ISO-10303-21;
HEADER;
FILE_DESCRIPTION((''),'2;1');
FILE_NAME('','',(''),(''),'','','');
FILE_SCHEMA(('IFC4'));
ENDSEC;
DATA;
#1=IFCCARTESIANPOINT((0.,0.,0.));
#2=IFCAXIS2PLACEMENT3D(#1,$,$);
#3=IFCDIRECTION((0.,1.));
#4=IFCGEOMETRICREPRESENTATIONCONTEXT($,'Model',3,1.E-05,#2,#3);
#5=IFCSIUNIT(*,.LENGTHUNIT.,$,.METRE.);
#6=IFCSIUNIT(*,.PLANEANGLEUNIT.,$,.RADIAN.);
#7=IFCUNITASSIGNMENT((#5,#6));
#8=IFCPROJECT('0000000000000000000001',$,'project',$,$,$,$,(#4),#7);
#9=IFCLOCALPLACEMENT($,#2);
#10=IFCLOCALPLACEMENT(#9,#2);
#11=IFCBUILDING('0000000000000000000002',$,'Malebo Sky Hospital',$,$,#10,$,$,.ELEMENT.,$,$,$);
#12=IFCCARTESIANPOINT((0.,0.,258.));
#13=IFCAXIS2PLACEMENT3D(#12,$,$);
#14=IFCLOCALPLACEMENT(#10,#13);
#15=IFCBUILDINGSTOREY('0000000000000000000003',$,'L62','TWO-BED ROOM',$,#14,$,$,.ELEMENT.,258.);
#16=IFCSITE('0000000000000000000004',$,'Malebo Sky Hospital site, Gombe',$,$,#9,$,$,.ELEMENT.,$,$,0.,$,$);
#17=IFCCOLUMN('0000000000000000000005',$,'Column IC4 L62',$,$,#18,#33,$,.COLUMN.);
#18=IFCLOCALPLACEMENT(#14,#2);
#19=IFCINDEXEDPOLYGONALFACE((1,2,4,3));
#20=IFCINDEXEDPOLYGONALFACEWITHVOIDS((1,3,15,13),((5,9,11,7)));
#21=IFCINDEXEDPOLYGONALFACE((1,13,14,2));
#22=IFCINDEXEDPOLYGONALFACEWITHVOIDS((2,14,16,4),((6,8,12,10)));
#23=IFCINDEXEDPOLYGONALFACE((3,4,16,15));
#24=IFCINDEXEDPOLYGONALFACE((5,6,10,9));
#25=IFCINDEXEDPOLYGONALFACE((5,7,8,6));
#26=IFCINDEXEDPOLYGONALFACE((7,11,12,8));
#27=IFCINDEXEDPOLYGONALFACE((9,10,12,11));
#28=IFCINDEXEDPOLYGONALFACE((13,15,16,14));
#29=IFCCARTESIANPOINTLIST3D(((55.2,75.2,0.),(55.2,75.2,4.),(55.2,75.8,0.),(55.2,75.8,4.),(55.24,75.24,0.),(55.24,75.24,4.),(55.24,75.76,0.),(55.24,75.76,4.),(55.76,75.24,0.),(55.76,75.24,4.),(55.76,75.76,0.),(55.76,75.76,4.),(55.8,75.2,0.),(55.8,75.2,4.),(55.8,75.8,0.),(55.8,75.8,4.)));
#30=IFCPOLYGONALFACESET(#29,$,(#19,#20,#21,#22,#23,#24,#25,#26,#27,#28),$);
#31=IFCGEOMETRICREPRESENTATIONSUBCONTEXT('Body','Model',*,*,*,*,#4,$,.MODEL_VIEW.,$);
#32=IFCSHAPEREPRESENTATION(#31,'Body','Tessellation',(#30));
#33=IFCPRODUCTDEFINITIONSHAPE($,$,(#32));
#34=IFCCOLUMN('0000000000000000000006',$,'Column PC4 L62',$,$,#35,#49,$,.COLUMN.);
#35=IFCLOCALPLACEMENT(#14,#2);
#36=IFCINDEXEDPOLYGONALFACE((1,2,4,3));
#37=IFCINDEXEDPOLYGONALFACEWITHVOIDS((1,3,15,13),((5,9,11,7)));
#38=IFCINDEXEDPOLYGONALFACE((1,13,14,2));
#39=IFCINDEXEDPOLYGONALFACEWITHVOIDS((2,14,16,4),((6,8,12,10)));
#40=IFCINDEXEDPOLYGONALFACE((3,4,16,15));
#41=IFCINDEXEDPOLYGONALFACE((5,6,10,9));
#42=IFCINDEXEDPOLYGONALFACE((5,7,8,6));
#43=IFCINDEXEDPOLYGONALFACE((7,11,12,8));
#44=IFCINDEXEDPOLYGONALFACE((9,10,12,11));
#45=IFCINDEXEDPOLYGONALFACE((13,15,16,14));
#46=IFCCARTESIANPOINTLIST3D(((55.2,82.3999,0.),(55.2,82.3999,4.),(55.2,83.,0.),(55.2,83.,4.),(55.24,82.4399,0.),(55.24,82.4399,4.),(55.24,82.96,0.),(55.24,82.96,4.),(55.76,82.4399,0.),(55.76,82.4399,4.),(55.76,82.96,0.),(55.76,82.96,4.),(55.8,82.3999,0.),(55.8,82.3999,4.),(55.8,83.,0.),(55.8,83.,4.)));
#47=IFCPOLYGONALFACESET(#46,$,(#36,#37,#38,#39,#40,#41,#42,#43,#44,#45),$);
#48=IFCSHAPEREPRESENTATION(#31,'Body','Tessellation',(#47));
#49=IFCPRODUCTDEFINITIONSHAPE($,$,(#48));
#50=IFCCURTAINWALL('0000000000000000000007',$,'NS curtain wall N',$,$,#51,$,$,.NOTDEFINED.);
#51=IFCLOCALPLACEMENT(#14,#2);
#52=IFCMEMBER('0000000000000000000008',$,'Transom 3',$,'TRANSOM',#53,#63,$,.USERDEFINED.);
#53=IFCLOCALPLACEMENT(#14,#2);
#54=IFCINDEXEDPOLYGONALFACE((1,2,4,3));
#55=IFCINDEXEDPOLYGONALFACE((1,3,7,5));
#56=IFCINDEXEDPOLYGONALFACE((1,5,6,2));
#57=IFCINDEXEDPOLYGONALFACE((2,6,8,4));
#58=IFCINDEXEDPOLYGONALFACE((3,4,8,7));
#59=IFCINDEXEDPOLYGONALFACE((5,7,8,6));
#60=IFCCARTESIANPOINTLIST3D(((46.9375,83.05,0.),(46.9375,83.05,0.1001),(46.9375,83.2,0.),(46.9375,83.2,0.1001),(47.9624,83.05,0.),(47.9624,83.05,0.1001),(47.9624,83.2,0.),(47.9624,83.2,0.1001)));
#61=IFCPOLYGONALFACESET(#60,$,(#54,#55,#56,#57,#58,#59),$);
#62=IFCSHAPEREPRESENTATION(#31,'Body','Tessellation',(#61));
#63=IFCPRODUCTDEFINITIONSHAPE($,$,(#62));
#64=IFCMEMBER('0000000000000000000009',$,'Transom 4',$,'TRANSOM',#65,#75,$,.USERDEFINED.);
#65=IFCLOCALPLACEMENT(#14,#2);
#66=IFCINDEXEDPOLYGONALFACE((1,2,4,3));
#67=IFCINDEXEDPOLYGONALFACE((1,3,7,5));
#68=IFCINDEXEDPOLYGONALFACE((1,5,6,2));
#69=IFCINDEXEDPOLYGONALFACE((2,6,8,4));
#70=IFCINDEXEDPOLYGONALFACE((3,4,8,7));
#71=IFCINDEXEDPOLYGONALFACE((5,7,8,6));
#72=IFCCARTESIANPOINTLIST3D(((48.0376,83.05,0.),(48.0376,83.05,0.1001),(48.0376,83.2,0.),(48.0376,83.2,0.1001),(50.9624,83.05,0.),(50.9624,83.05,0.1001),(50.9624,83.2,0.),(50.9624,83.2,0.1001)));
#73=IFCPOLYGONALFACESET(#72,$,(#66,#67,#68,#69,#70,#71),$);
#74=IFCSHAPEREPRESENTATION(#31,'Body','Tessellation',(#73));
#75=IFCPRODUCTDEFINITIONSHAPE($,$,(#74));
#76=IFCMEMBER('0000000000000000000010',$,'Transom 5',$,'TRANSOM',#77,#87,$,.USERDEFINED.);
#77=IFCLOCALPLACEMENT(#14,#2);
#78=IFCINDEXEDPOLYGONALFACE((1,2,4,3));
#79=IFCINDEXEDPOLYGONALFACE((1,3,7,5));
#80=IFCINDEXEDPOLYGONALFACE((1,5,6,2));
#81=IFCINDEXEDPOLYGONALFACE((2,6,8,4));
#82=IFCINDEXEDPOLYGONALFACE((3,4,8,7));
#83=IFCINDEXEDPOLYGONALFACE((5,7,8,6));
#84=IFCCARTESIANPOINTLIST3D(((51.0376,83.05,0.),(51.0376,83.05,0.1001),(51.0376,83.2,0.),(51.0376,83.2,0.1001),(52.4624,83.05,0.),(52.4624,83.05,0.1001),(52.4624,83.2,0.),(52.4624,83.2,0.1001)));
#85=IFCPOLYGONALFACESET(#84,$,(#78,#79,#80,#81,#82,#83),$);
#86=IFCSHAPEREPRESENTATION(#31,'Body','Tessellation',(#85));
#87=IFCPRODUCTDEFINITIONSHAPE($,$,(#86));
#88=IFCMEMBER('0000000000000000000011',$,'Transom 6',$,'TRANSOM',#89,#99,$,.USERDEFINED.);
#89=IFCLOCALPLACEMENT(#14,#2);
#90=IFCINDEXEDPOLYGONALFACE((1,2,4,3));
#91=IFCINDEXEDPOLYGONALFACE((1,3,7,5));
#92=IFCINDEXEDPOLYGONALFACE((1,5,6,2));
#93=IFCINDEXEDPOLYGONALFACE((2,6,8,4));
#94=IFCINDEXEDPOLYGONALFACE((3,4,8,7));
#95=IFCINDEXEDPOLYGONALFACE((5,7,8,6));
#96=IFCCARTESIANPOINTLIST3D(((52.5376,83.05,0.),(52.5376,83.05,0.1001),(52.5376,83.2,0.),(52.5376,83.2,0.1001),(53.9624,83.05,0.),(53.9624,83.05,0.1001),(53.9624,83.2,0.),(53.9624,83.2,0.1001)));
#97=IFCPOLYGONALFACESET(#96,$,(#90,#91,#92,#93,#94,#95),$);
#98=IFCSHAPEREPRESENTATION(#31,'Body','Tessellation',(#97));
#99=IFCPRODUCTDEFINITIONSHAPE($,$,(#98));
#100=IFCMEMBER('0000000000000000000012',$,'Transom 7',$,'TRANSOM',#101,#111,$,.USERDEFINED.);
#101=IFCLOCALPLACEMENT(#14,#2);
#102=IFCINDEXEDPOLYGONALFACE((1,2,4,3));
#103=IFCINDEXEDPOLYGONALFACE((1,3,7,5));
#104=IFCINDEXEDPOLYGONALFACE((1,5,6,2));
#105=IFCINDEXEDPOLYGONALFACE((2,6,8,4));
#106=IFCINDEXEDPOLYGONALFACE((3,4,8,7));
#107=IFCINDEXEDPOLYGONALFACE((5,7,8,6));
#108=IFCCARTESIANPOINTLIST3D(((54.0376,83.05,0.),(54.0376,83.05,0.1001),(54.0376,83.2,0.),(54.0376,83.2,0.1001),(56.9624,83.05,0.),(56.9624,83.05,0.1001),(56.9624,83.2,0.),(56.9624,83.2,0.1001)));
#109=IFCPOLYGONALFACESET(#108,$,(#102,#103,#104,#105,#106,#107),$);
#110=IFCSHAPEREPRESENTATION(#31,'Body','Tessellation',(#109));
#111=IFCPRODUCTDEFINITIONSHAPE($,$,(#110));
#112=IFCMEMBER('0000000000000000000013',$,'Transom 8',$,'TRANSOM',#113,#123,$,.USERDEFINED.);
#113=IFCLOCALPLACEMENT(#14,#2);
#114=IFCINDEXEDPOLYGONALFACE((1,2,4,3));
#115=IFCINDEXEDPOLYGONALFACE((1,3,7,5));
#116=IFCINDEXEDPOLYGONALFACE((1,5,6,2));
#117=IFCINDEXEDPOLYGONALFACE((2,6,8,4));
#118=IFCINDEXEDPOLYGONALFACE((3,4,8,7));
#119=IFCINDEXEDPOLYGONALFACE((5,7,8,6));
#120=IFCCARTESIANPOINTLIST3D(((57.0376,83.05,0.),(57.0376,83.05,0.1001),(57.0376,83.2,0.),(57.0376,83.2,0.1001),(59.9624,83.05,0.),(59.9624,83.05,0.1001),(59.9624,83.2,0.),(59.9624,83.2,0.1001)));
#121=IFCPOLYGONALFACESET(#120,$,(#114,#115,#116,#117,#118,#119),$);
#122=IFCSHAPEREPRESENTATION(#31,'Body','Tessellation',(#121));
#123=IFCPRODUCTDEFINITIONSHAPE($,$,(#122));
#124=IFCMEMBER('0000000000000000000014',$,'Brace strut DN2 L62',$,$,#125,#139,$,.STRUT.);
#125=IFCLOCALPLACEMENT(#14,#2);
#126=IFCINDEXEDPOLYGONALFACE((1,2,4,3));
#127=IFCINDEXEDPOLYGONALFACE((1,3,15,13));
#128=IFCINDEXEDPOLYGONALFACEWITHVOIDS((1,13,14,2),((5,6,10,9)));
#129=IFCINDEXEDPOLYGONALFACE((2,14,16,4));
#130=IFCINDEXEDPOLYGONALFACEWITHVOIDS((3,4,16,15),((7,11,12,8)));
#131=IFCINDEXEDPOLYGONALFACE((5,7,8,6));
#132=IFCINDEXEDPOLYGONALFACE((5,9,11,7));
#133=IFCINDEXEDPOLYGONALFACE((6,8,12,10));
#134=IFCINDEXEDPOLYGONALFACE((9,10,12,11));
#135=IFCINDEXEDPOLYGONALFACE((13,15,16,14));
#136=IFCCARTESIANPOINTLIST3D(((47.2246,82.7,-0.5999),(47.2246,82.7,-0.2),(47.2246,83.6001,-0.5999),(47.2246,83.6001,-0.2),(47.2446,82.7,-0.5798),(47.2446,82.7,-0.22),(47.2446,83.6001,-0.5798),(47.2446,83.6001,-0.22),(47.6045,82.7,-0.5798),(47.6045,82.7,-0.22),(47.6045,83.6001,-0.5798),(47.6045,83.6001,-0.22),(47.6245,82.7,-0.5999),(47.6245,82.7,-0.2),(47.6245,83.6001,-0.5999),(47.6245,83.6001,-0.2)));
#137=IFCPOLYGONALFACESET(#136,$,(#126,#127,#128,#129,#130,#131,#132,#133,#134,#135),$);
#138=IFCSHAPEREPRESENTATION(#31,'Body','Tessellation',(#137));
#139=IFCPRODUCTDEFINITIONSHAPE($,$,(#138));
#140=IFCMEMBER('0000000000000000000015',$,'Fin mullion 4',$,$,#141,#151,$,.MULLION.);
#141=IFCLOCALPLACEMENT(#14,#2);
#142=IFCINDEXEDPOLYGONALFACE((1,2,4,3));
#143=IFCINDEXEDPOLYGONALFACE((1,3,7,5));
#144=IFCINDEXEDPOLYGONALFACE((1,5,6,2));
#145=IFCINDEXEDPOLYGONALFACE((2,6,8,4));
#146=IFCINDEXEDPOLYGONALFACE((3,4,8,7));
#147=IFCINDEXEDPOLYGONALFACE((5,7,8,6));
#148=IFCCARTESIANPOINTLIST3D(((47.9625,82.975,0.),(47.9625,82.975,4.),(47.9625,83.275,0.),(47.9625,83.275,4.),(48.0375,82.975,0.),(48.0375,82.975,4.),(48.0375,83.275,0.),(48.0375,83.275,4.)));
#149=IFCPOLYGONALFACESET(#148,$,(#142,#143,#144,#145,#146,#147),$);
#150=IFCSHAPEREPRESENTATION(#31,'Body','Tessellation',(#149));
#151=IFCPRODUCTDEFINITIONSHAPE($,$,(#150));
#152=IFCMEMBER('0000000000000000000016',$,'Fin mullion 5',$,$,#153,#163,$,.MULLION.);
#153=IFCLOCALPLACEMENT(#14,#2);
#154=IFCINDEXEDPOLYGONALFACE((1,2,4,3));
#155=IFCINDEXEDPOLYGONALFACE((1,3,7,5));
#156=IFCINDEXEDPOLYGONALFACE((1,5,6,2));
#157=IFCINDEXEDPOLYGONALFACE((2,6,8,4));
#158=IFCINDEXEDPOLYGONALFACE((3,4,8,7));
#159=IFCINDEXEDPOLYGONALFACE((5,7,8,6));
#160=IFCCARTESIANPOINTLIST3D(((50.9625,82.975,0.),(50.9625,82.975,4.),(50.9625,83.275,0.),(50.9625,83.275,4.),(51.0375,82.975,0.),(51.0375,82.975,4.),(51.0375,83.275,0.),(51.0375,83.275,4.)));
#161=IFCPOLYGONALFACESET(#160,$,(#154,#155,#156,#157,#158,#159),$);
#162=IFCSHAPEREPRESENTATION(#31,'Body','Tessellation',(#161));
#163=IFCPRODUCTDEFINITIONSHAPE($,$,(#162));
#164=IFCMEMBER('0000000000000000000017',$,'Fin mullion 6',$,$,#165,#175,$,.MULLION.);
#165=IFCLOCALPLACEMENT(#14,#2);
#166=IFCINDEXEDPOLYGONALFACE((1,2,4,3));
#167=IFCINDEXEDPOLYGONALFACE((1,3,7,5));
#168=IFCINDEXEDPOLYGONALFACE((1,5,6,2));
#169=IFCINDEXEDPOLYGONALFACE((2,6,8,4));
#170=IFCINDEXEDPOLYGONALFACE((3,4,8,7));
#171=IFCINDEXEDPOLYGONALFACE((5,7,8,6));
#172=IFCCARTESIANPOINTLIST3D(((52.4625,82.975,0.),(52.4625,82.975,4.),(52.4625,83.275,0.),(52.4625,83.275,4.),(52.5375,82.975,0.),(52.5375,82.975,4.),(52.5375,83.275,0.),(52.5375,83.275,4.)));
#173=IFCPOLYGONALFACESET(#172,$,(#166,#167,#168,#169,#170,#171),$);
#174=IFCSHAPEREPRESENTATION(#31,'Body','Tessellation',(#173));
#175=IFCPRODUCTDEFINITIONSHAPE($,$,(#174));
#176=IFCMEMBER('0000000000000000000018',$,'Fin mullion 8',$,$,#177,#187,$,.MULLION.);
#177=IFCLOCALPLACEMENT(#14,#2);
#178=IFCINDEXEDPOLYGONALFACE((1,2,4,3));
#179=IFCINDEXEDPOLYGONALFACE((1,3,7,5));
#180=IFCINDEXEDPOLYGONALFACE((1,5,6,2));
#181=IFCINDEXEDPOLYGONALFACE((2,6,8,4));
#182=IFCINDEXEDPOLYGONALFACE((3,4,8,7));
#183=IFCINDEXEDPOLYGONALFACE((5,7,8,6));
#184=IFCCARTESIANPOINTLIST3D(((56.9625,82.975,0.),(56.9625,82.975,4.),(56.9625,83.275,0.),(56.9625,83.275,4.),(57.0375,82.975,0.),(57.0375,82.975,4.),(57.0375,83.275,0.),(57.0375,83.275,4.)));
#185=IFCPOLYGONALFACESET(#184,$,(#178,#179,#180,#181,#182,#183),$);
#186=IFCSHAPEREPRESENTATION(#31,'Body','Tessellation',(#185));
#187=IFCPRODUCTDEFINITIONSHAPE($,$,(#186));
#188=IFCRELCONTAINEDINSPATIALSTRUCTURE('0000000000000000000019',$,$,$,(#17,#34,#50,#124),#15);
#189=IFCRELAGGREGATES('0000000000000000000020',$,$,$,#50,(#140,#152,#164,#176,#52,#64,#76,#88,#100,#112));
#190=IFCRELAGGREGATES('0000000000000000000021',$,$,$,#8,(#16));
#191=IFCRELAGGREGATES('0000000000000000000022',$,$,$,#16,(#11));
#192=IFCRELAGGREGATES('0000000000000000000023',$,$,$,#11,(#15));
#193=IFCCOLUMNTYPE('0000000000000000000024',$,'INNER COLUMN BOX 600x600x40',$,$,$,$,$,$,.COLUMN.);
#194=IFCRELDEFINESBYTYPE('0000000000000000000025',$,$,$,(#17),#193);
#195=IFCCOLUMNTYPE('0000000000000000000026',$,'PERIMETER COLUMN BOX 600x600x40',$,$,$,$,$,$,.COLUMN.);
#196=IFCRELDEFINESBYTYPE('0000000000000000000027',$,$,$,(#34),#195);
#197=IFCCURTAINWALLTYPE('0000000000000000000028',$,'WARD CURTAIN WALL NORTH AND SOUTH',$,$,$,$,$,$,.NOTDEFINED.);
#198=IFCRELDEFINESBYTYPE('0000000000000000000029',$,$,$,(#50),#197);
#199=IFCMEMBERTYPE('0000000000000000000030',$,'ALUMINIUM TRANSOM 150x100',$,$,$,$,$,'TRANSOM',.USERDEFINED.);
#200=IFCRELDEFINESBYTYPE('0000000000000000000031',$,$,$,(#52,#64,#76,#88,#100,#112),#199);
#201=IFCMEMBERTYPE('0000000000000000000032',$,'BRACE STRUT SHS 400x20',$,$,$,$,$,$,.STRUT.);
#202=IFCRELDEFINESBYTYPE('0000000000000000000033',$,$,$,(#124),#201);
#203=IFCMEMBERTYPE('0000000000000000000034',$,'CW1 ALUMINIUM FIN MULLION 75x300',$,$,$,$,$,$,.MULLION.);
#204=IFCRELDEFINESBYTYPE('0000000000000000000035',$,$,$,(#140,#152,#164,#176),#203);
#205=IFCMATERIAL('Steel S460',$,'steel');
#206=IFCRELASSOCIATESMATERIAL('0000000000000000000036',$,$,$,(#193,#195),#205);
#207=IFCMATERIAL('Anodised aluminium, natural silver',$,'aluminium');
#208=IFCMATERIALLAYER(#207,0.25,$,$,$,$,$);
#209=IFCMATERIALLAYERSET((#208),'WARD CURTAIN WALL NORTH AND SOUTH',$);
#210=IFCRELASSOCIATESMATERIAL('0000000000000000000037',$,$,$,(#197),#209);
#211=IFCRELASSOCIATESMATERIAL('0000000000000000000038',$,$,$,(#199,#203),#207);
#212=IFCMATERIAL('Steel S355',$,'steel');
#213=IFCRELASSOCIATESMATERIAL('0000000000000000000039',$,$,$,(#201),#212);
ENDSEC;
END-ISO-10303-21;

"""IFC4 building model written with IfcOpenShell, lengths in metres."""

from ifc_helpers import new_model, si_unit, direction, frame, origin, origin_2d, place, context, subcontext, project, spatial, rectangle, hollow_rectangle, extrude, material, layer, layer_set, material_profile, profile_set, type_object, element, aggregate, save


model = new_model("IFC4")

# Units and contexts
model_context = context("Model", 3, precision=1e-05, world=origin(), true_north=direction((0.0, 1.0)))
body_context = subcontext(model_context, "Body", "Model", "MODEL_VIEW")
ifc_project = project(units=[si_unit("LENGTHUNIT", "METRE"), si_unit("PLANEANGLEUNIT", "RADIAN")], contexts=[model_context])

# Site, building, storey
site_placement = place(None, origin())
site = spatial("IfcSite", under=ifc_project, at=site_placement, Name="Malebo Sky Hospital site, Gombe", CompositionType="ELEMENT", RefElevation=0.0)
building_placement = place(site_placement, origin())
building = spatial("IfcBuilding", under=site, at=building_placement, Name="Malebo Sky Hospital", CompositionType="ELEMENT")
storey_placement = place(building_placement, frame((0.0, 0.0, 258.0)))
storey = spatial("IfcBuildingStorey", under=building, at=storey_placement, Name="L62", Description="TWO-BED ROOM", CompositionType="ELEMENT", Elevation=258.0)

# Columns
ifc_material_1 = material(Name="Steel S460", Category="steel")
ifc_material_profile_1 = material_profile(ifc_material_1, hollow_rectangle(XDim=0.6001, YDim=0.6001, WallThickness=0.04, at=origin_2d()), Name="BOX 600x600x40")
ifc_profile_set_1 = profile_set([ifc_material_profile_1], Name="Steel S460")
column_type_1 = type_object("IfcColumnType", Name="INNER COLUMN BOX 600x600x40", PredefinedType="COLUMN", material=ifc_profile_set_1)
column_1_placement = place(storey_placement, frame((55.5, 75.5, 0.0), z_axis=(0.0, 0.0, 1.0), x_axis=(1.0, 0.0, 0.0)))
element("IfcColumn", 1, at=column_1_placement, inside=storey, type_object=column_type_1, Name="Column IC4 L62", PredefinedType="COLUMN", context=body_context, shape_type="SweptSolid", body=[
    extrude(hollow_rectangle(XDim=0.6001, YDim=0.6001, WallThickness=0.04, at=origin_2d()), origin(), (0.0, 0.0, 1.0), 4.0),
])
ifc_material_profile_2 = material_profile(ifc_material_1, hollow_rectangle(XDim=0.6001, YDim=0.6001, WallThickness=0.04, at=origin_2d()), Name="BOX 600x600x40")
ifc_profile_set_2 = profile_set([ifc_material_profile_2], Name="Steel S460")
column_type_2 = type_object("IfcColumnType", Name="PERIMETER COLUMN BOX 600x600x40", PredefinedType="COLUMN", material=ifc_profile_set_2)
column_2_placement = place(storey_placement, frame((55.5, 82.7, 0.0), z_axis=(0.0, 0.0, 1.0), x_axis=(1.0, 0.0, 0.0)))
element("IfcColumn", 2, at=column_2_placement, inside=storey, type_object=column_type_2, Name="Column PC4 L62", PredefinedType="COLUMN", context=body_context, shape_type="SweptSolid", body=[
    extrude(hollow_rectangle(XDim=0.6001, YDim=0.6001, WallThickness=0.04, at=origin_2d()), origin(), (0.0, 0.0, 1.0), 4.0),
])

# Curtain wall, members
ifc_material_2 = material(Name="Anodised aluminium, natural silver", Category="aluminium")
ifc_layer_1 = layer(ifc_material_2, 0.25)
ifc_layer_set_1 = layer_set([ifc_layer_1], Name="WARD CURTAIN WALL NORTH AND SOUTH")
curtain_wall_type = type_object("IfcCurtainWallType", Name="WARD CURTAIN WALL NORTH AND SOUTH", PredefinedType="NOTDEFINED", material=ifc_layer_set_1)
curtain_wall_placement = place(storey_placement, origin())
curtain_wall = element("IfcCurtainWall", 3, at=curtain_wall_placement, inside=storey, type_object=curtain_wall_type, Name="NS curtain wall N", PredefinedType="NOTDEFINED")
ifc_material_profile_3 = material_profile(ifc_material_2, rectangle(XDim=0.1499, YDim=0.1001, at=origin_2d()), Name="ALUMINIUM TRANSOM 150x100")
ifc_profile_set_3 = profile_set([ifc_material_profile_3], Name="Anodised aluminium, natural silver")
member_type_1 = type_object("IfcMemberType", Name="ALUMINIUM TRANSOM 150x100", ElementType="TRANSOM", PredefinedType="USERDEFINED", material=ifc_profile_set_3)
member_1_placement = place(storey_placement, frame((46.9375, 83.125, 0.05), z_axis=(1.0, 0.0, 0.0), x_axis=(0.0, 1.0, 0.0)))
member_1 = element("IfcMember", 4, at=member_1_placement, type_object=member_type_1, Name="Transom 3", ObjectType="TRANSOM", PredefinedType="USERDEFINED", context=body_context, shape_type="SweptSolid", body=[
    extrude(rectangle(XDim=0.1499, YDim=0.1001, at=origin_2d()), origin(), (0.0, 0.0, 1.0), 1.0249),
])
member_2_placement = place(storey_placement, frame((48.0376, 83.125, 0.05), z_axis=(1.0, 0.0, 0.0), x_axis=(0.0, 1.0, 0.0)))
member_2 = element("IfcMember", 5, at=member_2_placement, type_object=member_type_1, Name="Transom 4", ObjectType="TRANSOM", PredefinedType="USERDEFINED", context=body_context, shape_type="SweptSolid", body=[
    extrude(rectangle(XDim=0.1499, YDim=0.1001, at=origin_2d()), origin(), (0.0, 0.0, 1.0), 2.9248),
])
member_3_placement = place(storey_placement, frame((51.0376, 83.125, 0.05), z_axis=(1.0, 0.0, 0.0), x_axis=(0.0, 1.0, 0.0)))
member_3 = element("IfcMember", 6, at=member_3_placement, type_object=member_type_1, Name="Transom 5", ObjectType="TRANSOM", PredefinedType="USERDEFINED", context=body_context, shape_type="SweptSolid", body=[
    extrude(rectangle(XDim=0.1499, YDim=0.1001, at=origin_2d()), origin(), (0.0, 0.0, 1.0), 1.4248),
])
member_4_placement = place(storey_placement, frame((52.5376, 83.125, 0.05), z_axis=(1.0, 0.0, 0.0), x_axis=(0.0, 1.0, 0.0)))
member_4 = element("IfcMember", 7, at=member_4_placement, type_object=member_type_1, Name="Transom 6", ObjectType="TRANSOM", PredefinedType="USERDEFINED", context=body_context, shape_type="SweptSolid", body=[
    extrude(rectangle(XDim=0.1499, YDim=0.1001, at=origin_2d()), origin(), (0.0, 0.0, 1.0), 1.4248),
])
member_5_placement = place(storey_placement, frame((54.0376, 83.125, 0.05), z_axis=(1.0, 0.0, 0.0), x_axis=(0.0, 1.0, 0.0)))
member_5 = element("IfcMember", 8, at=member_5_placement, type_object=member_type_1, Name="Transom 7", ObjectType="TRANSOM", PredefinedType="USERDEFINED", context=body_context, shape_type="SweptSolid", body=[
    extrude(rectangle(XDim=0.1499, YDim=0.1001, at=origin_2d()), origin(), (0.0, 0.0, 1.0), 2.9248),
])
member_6_placement = place(storey_placement, frame((57.0376, 83.125, 0.05), z_axis=(1.0, 0.0, 0.0), x_axis=(0.0, 1.0, 0.0)))
member_6 = element("IfcMember", 9, at=member_6_placement, type_object=member_type_1, Name="Transom 8", ObjectType="TRANSOM", PredefinedType="USERDEFINED", context=body_context, shape_type="SweptSolid", body=[
    extrude(rectangle(XDim=0.1499, YDim=0.1001, at=origin_2d()), origin(), (0.0, 0.0, 1.0), 2.9248),
])

# Members
ifc_material_3 = material(Name="Steel S355", Category="steel")
ifc_material_profile_4 = material_profile(ifc_material_3, hollow_rectangle(XDim=0.3999, YDim=0.3999, WallThickness=0.02, at=origin_2d()), Name="SHS 400x20")
ifc_profile_set_4 = profile_set([ifc_material_profile_4], Name="Steel S355")
member_type_2 = type_object("IfcMemberType", Name="BRACE STRUT SHS 400x20", PredefinedType="STRUT", material=ifc_profile_set_4)
member_7_placement = place(storey_placement, frame((47.4246, 83.6001, -0.3999), z_axis=(0.0, -1.0, 0.0), x_axis=(1.0, 0.0, 0.0)))
element("IfcMember", 10, at=member_7_placement, inside=storey, type_object=member_type_2, Name="Brace strut DN2 L62", PredefinedType="STRUT", context=body_context, shape_type="SweptSolid", body=[
    extrude(hollow_rectangle(XDim=0.3999, YDim=0.3999, WallThickness=0.02, at=origin_2d()), origin(), (0.0, 0.0, 1.0), 0.9001),
])
ifc_material_profile_5 = material_profile(ifc_material_2, rectangle(XDim=0.075, YDim=0.3, at=origin_2d()), Name="CW1 ALUMINIUM FIN MULLION 75x300")
ifc_profile_set_5 = profile_set([ifc_material_profile_5], Name="Anodised aluminium, natural silver")
member_type_3 = type_object("IfcMemberType", Name="CW1 ALUMINIUM FIN MULLION 75x300", PredefinedType="MULLION", material=ifc_profile_set_5)
member_8_placement = place(storey_placement, frame((48.0, 83.125, 0.0), z_axis=(0.0, 0.0, 1.0), x_axis=(1.0, 0.0, 0.0)))
member_8 = element("IfcMember", 11, at=member_8_placement, type_object=member_type_3, Name="Fin mullion 4", PredefinedType="MULLION", context=body_context, shape_type="SweptSolid", body=[
    extrude(rectangle(XDim=0.075, YDim=0.3, at=origin_2d()), origin(), (0.0, 0.0, 1.0), 4.0),
])
member_9_placement = place(storey_placement, frame((51.0, 83.125, 0.0), z_axis=(0.0, 0.0, 1.0), x_axis=(1.0, 0.0, 0.0)))
member_9 = element("IfcMember", 12, at=member_9_placement, type_object=member_type_3, Name="Fin mullion 5", PredefinedType="MULLION", context=body_context, shape_type="SweptSolid", body=[
    extrude(rectangle(XDim=0.075, YDim=0.3, at=origin_2d()), origin(), (0.0, 0.0, 1.0), 4.0),
])
member_10_placement = place(storey_placement, frame((52.5, 83.125, 0.0), z_axis=(0.0, 0.0, 1.0), x_axis=(1.0, 0.0, 0.0)))
member_10 = element("IfcMember", 13, at=member_10_placement, type_object=member_type_3, Name="Fin mullion 6", PredefinedType="MULLION", context=body_context, shape_type="SweptSolid", body=[
    extrude(rectangle(XDim=0.075, YDim=0.3, at=origin_2d()), origin(), (0.0, 0.0, 1.0), 4.0),
])
member_11_placement = place(storey_placement, frame((57.0, 83.125, 0.0), z_axis=(0.0, 0.0, 1.0), x_axis=(1.0, 0.0, 0.0)))
member_11 = element("IfcMember", 14, at=member_11_placement, type_object=member_type_3, Name="Fin mullion 8", PredefinedType="MULLION", context=body_context, shape_type="SweptSolid", body=[
    extrude(rectangle(XDim=0.075, YDim=0.3, at=origin_2d()), origin(), (0.0, 0.0, 1.0), 4.0),
])

aggregate(curtain_wall, [member_8, member_9, member_10, member_11, member_1, member_2, member_3, member_4, member_5, member_6])

save(model, "model.ifc")
